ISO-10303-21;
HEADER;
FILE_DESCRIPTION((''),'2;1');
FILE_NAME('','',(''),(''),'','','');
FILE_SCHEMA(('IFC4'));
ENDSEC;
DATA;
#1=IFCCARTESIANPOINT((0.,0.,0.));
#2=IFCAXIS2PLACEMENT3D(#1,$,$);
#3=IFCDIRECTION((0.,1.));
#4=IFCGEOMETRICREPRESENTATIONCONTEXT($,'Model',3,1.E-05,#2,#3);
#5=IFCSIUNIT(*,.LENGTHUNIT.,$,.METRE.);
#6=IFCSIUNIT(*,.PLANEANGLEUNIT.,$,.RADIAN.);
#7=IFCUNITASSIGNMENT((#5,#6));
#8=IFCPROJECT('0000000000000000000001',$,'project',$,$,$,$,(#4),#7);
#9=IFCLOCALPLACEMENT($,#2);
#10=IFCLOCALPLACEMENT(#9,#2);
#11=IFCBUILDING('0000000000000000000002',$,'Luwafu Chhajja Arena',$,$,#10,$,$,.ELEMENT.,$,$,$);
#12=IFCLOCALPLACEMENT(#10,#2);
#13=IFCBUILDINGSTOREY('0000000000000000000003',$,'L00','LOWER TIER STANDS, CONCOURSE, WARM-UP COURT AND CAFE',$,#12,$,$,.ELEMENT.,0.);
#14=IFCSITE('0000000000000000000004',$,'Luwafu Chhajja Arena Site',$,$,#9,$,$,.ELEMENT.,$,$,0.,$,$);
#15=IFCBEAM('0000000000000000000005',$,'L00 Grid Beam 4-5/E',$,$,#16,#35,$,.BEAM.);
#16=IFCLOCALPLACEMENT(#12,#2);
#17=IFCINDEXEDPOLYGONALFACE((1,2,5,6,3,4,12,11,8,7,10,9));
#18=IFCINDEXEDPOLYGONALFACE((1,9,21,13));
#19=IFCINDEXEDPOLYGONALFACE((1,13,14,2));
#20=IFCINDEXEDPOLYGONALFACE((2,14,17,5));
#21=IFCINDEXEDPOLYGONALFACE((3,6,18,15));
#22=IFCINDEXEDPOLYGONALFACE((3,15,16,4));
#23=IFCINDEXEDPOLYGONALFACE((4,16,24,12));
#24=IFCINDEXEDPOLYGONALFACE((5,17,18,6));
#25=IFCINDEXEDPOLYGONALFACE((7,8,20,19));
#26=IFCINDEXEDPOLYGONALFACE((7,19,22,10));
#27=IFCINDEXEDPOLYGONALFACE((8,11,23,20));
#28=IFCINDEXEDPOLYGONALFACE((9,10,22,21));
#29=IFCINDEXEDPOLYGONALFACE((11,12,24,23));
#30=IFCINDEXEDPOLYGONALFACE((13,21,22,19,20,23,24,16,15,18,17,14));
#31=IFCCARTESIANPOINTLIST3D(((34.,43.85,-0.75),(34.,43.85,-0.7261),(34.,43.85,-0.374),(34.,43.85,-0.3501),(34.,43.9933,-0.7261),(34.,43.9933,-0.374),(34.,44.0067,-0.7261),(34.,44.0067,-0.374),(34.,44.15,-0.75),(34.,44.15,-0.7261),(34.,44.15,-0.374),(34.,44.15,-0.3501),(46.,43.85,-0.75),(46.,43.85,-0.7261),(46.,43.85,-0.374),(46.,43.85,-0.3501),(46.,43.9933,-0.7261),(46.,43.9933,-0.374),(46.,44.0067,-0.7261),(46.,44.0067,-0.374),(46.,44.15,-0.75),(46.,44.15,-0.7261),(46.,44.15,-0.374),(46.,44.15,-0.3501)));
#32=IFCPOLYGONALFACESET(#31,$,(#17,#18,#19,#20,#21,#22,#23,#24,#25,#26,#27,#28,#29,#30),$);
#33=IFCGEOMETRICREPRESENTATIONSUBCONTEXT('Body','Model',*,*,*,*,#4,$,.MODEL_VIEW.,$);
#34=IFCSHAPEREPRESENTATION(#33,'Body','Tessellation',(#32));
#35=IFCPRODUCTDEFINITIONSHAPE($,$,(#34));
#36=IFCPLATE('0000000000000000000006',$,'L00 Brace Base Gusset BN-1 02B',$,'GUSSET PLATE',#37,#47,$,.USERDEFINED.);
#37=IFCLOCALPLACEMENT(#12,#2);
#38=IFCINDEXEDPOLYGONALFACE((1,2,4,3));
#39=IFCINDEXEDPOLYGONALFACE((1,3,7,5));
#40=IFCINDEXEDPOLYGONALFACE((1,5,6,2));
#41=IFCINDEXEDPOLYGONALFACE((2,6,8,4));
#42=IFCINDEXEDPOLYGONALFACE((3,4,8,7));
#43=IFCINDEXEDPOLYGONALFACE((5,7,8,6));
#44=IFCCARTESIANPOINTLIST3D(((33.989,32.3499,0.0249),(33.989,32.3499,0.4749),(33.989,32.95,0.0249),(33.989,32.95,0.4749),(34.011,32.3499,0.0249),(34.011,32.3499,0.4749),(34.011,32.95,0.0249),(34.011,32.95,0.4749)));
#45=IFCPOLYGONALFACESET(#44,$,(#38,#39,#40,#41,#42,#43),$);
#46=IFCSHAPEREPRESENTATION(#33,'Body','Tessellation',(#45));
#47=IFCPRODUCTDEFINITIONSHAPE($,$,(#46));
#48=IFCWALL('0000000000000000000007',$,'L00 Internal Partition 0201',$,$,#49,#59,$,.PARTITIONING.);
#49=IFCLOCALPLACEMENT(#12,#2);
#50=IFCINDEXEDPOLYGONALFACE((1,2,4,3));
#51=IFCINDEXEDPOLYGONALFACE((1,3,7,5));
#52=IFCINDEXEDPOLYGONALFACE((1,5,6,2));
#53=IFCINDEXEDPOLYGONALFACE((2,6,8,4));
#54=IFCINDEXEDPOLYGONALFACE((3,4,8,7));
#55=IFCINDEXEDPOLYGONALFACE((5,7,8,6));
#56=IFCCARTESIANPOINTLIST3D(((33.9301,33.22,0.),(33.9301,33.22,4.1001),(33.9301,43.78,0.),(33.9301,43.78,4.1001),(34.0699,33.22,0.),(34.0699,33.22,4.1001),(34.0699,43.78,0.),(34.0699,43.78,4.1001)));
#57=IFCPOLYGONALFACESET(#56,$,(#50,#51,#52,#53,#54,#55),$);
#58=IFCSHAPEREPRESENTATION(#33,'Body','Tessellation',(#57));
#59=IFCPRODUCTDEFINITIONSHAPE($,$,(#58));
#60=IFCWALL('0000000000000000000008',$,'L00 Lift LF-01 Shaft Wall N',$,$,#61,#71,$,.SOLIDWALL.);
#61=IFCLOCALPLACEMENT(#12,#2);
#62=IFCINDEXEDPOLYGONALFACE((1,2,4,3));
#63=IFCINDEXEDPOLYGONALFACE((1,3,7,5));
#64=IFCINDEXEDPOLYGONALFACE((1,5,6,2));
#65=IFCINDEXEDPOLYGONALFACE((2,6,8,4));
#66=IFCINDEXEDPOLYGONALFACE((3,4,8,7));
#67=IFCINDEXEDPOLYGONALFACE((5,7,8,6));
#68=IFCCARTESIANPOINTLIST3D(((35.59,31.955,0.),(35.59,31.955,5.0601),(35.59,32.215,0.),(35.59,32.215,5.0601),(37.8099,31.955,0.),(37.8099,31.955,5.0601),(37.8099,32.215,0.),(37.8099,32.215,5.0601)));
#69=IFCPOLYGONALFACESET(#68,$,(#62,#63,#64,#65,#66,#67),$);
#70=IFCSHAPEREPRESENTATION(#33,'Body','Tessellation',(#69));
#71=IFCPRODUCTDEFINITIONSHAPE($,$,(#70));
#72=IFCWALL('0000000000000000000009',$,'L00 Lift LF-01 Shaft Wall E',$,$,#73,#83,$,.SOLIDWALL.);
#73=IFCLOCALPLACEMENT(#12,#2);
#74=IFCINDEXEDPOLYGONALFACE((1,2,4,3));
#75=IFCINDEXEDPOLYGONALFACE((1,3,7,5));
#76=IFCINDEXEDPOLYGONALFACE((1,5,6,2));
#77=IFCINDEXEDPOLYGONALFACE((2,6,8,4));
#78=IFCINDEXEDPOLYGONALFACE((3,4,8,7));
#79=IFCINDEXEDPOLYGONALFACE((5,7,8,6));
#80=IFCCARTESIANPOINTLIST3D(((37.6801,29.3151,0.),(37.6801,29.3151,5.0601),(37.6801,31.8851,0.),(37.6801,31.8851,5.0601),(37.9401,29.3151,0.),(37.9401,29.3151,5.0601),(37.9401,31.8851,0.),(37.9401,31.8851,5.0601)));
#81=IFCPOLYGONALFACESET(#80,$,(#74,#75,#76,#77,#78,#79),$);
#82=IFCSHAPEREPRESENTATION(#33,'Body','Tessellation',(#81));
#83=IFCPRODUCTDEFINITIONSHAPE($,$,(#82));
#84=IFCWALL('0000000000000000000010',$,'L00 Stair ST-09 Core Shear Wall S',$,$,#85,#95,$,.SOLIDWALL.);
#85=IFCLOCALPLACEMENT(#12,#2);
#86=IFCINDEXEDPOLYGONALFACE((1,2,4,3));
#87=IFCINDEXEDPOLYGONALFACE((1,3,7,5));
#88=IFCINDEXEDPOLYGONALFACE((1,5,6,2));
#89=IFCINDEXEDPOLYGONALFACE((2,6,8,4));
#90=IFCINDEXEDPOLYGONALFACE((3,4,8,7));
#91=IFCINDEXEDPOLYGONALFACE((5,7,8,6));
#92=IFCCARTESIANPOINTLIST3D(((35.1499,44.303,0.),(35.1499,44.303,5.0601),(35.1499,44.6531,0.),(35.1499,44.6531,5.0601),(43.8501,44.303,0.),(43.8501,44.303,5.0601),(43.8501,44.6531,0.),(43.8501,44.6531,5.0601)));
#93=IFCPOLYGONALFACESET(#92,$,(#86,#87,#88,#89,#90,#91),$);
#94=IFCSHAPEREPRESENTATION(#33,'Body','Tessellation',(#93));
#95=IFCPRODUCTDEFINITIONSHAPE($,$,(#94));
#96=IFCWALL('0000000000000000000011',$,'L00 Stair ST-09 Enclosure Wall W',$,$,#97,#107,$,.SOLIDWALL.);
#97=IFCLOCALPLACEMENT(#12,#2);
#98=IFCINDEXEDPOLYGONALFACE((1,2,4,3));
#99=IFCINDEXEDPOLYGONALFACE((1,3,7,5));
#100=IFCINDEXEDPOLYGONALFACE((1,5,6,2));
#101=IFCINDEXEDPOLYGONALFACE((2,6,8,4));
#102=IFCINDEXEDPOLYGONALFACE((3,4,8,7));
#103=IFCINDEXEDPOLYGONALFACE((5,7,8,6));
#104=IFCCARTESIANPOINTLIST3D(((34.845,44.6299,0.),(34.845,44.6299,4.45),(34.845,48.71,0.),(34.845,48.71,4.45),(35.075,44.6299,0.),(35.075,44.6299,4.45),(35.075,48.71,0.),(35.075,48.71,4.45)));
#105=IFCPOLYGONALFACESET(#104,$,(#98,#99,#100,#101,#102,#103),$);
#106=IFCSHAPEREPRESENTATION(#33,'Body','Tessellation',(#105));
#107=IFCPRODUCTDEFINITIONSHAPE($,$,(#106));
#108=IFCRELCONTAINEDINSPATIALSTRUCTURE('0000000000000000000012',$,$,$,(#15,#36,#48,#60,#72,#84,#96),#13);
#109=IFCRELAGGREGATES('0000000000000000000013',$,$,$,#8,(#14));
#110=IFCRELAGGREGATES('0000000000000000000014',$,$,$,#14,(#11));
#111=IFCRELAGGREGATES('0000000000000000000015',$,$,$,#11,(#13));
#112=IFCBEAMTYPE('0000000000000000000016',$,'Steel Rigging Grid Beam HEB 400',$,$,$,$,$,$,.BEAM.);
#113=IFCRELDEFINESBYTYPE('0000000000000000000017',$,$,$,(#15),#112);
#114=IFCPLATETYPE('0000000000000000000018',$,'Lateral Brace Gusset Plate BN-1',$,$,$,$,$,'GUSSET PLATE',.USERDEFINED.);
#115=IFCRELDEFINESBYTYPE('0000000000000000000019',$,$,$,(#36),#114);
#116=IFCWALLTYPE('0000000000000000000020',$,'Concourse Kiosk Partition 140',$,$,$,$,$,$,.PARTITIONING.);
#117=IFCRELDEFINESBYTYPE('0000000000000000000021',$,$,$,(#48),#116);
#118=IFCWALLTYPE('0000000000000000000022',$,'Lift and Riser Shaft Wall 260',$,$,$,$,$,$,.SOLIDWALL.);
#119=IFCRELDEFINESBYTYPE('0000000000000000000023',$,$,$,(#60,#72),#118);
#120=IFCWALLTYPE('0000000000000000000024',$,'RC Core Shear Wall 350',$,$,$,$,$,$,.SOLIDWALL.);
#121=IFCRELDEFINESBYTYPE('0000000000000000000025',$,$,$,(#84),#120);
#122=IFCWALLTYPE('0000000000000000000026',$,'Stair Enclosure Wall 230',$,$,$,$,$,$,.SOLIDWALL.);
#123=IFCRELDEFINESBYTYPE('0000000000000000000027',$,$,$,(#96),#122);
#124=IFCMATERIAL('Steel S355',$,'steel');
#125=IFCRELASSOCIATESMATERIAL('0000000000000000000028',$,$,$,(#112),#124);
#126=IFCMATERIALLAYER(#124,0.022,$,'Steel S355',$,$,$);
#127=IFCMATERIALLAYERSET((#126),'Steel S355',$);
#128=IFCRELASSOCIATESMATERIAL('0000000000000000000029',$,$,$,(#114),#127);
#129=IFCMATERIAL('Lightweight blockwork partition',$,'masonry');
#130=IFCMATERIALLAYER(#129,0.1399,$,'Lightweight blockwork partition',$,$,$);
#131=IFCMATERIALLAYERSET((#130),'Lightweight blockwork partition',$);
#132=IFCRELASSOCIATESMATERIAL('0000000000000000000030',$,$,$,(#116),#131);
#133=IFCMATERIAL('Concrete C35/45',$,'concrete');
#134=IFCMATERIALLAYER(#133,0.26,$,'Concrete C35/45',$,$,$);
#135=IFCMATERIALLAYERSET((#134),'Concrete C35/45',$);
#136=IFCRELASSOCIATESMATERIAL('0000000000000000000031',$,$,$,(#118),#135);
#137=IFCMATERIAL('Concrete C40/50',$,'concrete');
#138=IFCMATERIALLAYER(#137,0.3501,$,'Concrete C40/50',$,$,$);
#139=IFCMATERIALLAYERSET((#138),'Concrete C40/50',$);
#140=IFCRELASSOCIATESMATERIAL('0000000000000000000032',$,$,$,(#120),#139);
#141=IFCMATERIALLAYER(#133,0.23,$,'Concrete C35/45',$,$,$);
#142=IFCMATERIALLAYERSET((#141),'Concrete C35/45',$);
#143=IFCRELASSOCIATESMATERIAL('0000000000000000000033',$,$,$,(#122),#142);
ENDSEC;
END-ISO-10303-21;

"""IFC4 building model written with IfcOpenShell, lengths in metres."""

from ifc_helpers import new_model, si_unit, direction, frame, frame_2d, origin, origin_2d, place, context, subcontext, project, spatial, rectangle, i_section, extrude, material, layer, layer_set, material_profile, profile_set, type_object, element, save


model = new_model("IFC4")

# Units and contexts
model_context = context("Model", 3, precision=1e-05, world=origin(), true_north=direction((0.0, 1.0)))
body_context = subcontext(model_context, "Body", "Model", "MODEL_VIEW")
ifc_project = project(units=[si_unit("LENGTHUNIT", "METRE"), si_unit("PLANEANGLEUNIT", "RADIAN")], contexts=[model_context])

# Site, building, storey
site_placement = place(None, origin())
site = spatial("IfcSite", under=ifc_project, at=site_placement, Name="Luwafu Chhajja Arena Site", CompositionType="ELEMENT", RefElevation=0.0)
building_placement = place(site_placement, origin())
building = spatial("IfcBuilding", under=site, at=building_placement, Name="Luwafu Chhajja Arena", CompositionType="ELEMENT")
storey_placement = place(building_placement, origin())
storey = spatial("IfcBuildingStorey", under=building, at=storey_placement, Name="L00", Description="LOWER TIER STANDS, CONCOURSE, WARM-UP COURT AND CAFE", CompositionType="ELEMENT", Elevation=0.0)

# Shared definitions
ifc_material_1 = material(Name="Concrete C35/45", Category="concrete")

# Shared definitions
ifc_material_2 = material(Name="Steel S355", Category="steel")

# Beam
ifc_material_profile_1 = material_profile(ifc_material_2, i_section(OverallWidth=0.3, OverallDepth=0.3999, WebThickness=0.0134, FlangeThickness=0.0239, at=origin_2d()), Name="HEB 400")
ifc_profile_set_1 = profile_set([ifc_material_profile_1], Name="Steel S355")
beam_type_1 = type_object("IfcBeamType", Name="Steel Rigging Grid Beam HEB 400", PredefinedType="BEAM", material=ifc_profile_set_1)
beam_1_placement = place(storey_placement, frame((34.0, 44.0, -0.55), z_axis=(1.0, 0.0, 0.0), x_axis=(0.0, 1.0, 0.0)))
element("IfcBeam", 1, at=beam_1_placement, inside=storey, type_object=beam_type_1, Name="L00 Grid Beam 4-5/E", PredefinedType="BEAM", context=body_context, shape_type="SweptSolid", body=[
    extrude(i_section(OverallWidth=0.3, OverallDepth=0.3999, WebThickness=0.0134, FlangeThickness=0.0239, at=origin_2d()), origin(), (0.0, 0.0, 1.0), 12.0),
])

# Plate
ifc_layer_1 = layer(ifc_material_2, 0.022, Name="Steel S355")
ifc_layer_set_1 = layer_set([ifc_layer_1], Name="Steel S355")
plate_type = type_object("IfcPlateType", Name="Lateral Brace Gusset Plate BN-1", ElementType="GUSSET PLATE", PredefinedType="USERDEFINED", material=ifc_layer_set_1)
plate_placement = place(storey_placement, frame((34.0, 32.6499, 0.0249), z_axis=(0.0, 0.0, 1.0), x_axis=(1.0, 0.0, 0.0)))
element("IfcPlate", 2, at=plate_placement, inside=storey, type_object=plate_type, Name="L00 Brace Base Gusset BN-1 02B", ObjectType="GUSSET PLATE", PredefinedType="USERDEFINED", context=body_context, shape_type="SweptSolid", body=[
    extrude(rectangle(XDim=0.022, YDim=0.6001, at=origin_2d()), origin(), (0.0, 0.0, 1.0), 0.45),
])

# Walls
ifc_material_3 = material(Name="Lightweight blockwork partition", Category="masonry")
ifc_layer_2 = layer(ifc_material_3, 0.1399, Name="Lightweight blockwork partition")
ifc_layer_set_2 = layer_set([ifc_layer_2], Name="Lightweight blockwork partition")
wall_type_1 = type_object("IfcWallType", Name="Concourse Kiosk Partition 140", PredefinedType="PARTITIONING", material=ifc_layer_set_2)
wall_1_placement = place(storey_placement, frame((34.0, 33.22, 0.0), z_axis=(0.0, 0.0, 1.0), x_axis=(0.0, 1.0, 0.0)))
element("IfcWall", 3, at=wall_1_placement, inside=storey, type_object=wall_type_1, Name="L00 Internal Partition 0201", PredefinedType="PARTITIONING", context=body_context, shape_type="SweptSolid", body=[
    extrude(rectangle(XDim=10.5601, YDim=0.1399, at=frame_2d((5.28, 0.0))), origin(), (0.0, 0.0, 1.0), 4.1001),
])
ifc_layer_3 = layer(ifc_material_1, 0.26, Name="Concrete C35/45")
ifc_layer_set_3 = layer_set([ifc_layer_3], Name="Concrete C35/45")
wall_type_2 = type_object("IfcWallType", Name="Lift and Riser Shaft Wall 260", PredefinedType="SOLIDWALL", material=ifc_layer_set_3)
wall_2_placement = place(storey_placement, frame((35.5901, 32.085, 0.0), z_axis=(0.0, 0.0, 1.0), x_axis=(1.0, 0.0, 0.0)))
element("IfcWall", 4, at=wall_2_placement, inside=storey, type_object=wall_type_2, Name="L00 Lift LF-01 Shaft Wall N", PredefinedType="SOLIDWALL", context=body_context, shape_type="SweptSolid", body=[
    extrude(rectangle(XDim=2.22, YDim=0.26, at=frame_2d((1.1099, 0.0))), origin(), (0.0, 0.0, 1.0), 5.0601),
])
wall_3_placement = place(storey_placement, frame((37.8101, 29.3149, 0.0), z_axis=(0.0, 0.0, 1.0), x_axis=(0.0, 1.0, 0.0)))
element("IfcWall", 5, at=wall_3_placement, inside=storey, type_object=wall_type_2, Name="L00 Lift LF-01 Shaft Wall E", PredefinedType="SOLIDWALL", context=body_context, shape_type="SweptSolid", body=[
    extrude(rectangle(XDim=2.5701, YDim=0.26, at=frame_2d((1.2852, 0.0))), origin(), (0.0, 0.0, 1.0), 5.0601),
])
ifc_material_4 = material(Name="Concrete C40/50", Category="concrete")
ifc_layer_4 = layer(ifc_material_4, 0.3501, Name="Concrete C40/50")
ifc_layer_set_4 = layer_set([ifc_layer_4], Name="Concrete C40/50")
wall_type_3 = type_object("IfcWallType", Name="RC Core Shear Wall 350", PredefinedType="SOLIDWALL", material=ifc_layer_set_4)
wall_4_placement = place(storey_placement, frame((35.1499, 44.478, 0.0), z_axis=(0.0, 0.0, 1.0), x_axis=(1.0, 0.0, 0.0)))
element("IfcWall", 6, at=wall_4_placement, inside=storey, type_object=wall_type_3, Name="L00 Stair ST-09 Core Shear Wall S", PredefinedType="SOLIDWALL", context=body_context, shape_type="SweptSolid", body=[
    extrude(rectangle(XDim=8.7002, YDim=0.3501, at=frame_2d((4.3501, 0.0))), origin(), (0.0, 0.0, 1.0), 5.0601),
])
ifc_layer_5 = layer(ifc_material_1, 0.23, Name="Concrete C35/45")
ifc_layer_set_5 = layer_set([ifc_layer_5], Name="Concrete C35/45")
wall_type_4 = type_object("IfcWallType", Name="Stair Enclosure Wall 230", PredefinedType="SOLIDWALL", material=ifc_layer_set_5)
wall_5_placement = place(storey_placement, frame((34.96, 44.6299, 0.0), z_axis=(0.0, 0.0, 1.0), x_axis=(0.0, 1.0, 0.0)))
element("IfcWall", 7, at=wall_5_placement, inside=storey, type_object=wall_type_4, Name="L00 Stair ST-09 Enclosure Wall W", PredefinedType="SOLIDWALL", context=body_context, shape_type="SweptSolid", body=[
    extrude(rectangle(XDim=4.0801, YDim=0.23, at=frame_2d((2.04, 0.0))), origin(), (0.0, 0.0, 1.0), 4.45),
])

save(model, "model.ifc")
